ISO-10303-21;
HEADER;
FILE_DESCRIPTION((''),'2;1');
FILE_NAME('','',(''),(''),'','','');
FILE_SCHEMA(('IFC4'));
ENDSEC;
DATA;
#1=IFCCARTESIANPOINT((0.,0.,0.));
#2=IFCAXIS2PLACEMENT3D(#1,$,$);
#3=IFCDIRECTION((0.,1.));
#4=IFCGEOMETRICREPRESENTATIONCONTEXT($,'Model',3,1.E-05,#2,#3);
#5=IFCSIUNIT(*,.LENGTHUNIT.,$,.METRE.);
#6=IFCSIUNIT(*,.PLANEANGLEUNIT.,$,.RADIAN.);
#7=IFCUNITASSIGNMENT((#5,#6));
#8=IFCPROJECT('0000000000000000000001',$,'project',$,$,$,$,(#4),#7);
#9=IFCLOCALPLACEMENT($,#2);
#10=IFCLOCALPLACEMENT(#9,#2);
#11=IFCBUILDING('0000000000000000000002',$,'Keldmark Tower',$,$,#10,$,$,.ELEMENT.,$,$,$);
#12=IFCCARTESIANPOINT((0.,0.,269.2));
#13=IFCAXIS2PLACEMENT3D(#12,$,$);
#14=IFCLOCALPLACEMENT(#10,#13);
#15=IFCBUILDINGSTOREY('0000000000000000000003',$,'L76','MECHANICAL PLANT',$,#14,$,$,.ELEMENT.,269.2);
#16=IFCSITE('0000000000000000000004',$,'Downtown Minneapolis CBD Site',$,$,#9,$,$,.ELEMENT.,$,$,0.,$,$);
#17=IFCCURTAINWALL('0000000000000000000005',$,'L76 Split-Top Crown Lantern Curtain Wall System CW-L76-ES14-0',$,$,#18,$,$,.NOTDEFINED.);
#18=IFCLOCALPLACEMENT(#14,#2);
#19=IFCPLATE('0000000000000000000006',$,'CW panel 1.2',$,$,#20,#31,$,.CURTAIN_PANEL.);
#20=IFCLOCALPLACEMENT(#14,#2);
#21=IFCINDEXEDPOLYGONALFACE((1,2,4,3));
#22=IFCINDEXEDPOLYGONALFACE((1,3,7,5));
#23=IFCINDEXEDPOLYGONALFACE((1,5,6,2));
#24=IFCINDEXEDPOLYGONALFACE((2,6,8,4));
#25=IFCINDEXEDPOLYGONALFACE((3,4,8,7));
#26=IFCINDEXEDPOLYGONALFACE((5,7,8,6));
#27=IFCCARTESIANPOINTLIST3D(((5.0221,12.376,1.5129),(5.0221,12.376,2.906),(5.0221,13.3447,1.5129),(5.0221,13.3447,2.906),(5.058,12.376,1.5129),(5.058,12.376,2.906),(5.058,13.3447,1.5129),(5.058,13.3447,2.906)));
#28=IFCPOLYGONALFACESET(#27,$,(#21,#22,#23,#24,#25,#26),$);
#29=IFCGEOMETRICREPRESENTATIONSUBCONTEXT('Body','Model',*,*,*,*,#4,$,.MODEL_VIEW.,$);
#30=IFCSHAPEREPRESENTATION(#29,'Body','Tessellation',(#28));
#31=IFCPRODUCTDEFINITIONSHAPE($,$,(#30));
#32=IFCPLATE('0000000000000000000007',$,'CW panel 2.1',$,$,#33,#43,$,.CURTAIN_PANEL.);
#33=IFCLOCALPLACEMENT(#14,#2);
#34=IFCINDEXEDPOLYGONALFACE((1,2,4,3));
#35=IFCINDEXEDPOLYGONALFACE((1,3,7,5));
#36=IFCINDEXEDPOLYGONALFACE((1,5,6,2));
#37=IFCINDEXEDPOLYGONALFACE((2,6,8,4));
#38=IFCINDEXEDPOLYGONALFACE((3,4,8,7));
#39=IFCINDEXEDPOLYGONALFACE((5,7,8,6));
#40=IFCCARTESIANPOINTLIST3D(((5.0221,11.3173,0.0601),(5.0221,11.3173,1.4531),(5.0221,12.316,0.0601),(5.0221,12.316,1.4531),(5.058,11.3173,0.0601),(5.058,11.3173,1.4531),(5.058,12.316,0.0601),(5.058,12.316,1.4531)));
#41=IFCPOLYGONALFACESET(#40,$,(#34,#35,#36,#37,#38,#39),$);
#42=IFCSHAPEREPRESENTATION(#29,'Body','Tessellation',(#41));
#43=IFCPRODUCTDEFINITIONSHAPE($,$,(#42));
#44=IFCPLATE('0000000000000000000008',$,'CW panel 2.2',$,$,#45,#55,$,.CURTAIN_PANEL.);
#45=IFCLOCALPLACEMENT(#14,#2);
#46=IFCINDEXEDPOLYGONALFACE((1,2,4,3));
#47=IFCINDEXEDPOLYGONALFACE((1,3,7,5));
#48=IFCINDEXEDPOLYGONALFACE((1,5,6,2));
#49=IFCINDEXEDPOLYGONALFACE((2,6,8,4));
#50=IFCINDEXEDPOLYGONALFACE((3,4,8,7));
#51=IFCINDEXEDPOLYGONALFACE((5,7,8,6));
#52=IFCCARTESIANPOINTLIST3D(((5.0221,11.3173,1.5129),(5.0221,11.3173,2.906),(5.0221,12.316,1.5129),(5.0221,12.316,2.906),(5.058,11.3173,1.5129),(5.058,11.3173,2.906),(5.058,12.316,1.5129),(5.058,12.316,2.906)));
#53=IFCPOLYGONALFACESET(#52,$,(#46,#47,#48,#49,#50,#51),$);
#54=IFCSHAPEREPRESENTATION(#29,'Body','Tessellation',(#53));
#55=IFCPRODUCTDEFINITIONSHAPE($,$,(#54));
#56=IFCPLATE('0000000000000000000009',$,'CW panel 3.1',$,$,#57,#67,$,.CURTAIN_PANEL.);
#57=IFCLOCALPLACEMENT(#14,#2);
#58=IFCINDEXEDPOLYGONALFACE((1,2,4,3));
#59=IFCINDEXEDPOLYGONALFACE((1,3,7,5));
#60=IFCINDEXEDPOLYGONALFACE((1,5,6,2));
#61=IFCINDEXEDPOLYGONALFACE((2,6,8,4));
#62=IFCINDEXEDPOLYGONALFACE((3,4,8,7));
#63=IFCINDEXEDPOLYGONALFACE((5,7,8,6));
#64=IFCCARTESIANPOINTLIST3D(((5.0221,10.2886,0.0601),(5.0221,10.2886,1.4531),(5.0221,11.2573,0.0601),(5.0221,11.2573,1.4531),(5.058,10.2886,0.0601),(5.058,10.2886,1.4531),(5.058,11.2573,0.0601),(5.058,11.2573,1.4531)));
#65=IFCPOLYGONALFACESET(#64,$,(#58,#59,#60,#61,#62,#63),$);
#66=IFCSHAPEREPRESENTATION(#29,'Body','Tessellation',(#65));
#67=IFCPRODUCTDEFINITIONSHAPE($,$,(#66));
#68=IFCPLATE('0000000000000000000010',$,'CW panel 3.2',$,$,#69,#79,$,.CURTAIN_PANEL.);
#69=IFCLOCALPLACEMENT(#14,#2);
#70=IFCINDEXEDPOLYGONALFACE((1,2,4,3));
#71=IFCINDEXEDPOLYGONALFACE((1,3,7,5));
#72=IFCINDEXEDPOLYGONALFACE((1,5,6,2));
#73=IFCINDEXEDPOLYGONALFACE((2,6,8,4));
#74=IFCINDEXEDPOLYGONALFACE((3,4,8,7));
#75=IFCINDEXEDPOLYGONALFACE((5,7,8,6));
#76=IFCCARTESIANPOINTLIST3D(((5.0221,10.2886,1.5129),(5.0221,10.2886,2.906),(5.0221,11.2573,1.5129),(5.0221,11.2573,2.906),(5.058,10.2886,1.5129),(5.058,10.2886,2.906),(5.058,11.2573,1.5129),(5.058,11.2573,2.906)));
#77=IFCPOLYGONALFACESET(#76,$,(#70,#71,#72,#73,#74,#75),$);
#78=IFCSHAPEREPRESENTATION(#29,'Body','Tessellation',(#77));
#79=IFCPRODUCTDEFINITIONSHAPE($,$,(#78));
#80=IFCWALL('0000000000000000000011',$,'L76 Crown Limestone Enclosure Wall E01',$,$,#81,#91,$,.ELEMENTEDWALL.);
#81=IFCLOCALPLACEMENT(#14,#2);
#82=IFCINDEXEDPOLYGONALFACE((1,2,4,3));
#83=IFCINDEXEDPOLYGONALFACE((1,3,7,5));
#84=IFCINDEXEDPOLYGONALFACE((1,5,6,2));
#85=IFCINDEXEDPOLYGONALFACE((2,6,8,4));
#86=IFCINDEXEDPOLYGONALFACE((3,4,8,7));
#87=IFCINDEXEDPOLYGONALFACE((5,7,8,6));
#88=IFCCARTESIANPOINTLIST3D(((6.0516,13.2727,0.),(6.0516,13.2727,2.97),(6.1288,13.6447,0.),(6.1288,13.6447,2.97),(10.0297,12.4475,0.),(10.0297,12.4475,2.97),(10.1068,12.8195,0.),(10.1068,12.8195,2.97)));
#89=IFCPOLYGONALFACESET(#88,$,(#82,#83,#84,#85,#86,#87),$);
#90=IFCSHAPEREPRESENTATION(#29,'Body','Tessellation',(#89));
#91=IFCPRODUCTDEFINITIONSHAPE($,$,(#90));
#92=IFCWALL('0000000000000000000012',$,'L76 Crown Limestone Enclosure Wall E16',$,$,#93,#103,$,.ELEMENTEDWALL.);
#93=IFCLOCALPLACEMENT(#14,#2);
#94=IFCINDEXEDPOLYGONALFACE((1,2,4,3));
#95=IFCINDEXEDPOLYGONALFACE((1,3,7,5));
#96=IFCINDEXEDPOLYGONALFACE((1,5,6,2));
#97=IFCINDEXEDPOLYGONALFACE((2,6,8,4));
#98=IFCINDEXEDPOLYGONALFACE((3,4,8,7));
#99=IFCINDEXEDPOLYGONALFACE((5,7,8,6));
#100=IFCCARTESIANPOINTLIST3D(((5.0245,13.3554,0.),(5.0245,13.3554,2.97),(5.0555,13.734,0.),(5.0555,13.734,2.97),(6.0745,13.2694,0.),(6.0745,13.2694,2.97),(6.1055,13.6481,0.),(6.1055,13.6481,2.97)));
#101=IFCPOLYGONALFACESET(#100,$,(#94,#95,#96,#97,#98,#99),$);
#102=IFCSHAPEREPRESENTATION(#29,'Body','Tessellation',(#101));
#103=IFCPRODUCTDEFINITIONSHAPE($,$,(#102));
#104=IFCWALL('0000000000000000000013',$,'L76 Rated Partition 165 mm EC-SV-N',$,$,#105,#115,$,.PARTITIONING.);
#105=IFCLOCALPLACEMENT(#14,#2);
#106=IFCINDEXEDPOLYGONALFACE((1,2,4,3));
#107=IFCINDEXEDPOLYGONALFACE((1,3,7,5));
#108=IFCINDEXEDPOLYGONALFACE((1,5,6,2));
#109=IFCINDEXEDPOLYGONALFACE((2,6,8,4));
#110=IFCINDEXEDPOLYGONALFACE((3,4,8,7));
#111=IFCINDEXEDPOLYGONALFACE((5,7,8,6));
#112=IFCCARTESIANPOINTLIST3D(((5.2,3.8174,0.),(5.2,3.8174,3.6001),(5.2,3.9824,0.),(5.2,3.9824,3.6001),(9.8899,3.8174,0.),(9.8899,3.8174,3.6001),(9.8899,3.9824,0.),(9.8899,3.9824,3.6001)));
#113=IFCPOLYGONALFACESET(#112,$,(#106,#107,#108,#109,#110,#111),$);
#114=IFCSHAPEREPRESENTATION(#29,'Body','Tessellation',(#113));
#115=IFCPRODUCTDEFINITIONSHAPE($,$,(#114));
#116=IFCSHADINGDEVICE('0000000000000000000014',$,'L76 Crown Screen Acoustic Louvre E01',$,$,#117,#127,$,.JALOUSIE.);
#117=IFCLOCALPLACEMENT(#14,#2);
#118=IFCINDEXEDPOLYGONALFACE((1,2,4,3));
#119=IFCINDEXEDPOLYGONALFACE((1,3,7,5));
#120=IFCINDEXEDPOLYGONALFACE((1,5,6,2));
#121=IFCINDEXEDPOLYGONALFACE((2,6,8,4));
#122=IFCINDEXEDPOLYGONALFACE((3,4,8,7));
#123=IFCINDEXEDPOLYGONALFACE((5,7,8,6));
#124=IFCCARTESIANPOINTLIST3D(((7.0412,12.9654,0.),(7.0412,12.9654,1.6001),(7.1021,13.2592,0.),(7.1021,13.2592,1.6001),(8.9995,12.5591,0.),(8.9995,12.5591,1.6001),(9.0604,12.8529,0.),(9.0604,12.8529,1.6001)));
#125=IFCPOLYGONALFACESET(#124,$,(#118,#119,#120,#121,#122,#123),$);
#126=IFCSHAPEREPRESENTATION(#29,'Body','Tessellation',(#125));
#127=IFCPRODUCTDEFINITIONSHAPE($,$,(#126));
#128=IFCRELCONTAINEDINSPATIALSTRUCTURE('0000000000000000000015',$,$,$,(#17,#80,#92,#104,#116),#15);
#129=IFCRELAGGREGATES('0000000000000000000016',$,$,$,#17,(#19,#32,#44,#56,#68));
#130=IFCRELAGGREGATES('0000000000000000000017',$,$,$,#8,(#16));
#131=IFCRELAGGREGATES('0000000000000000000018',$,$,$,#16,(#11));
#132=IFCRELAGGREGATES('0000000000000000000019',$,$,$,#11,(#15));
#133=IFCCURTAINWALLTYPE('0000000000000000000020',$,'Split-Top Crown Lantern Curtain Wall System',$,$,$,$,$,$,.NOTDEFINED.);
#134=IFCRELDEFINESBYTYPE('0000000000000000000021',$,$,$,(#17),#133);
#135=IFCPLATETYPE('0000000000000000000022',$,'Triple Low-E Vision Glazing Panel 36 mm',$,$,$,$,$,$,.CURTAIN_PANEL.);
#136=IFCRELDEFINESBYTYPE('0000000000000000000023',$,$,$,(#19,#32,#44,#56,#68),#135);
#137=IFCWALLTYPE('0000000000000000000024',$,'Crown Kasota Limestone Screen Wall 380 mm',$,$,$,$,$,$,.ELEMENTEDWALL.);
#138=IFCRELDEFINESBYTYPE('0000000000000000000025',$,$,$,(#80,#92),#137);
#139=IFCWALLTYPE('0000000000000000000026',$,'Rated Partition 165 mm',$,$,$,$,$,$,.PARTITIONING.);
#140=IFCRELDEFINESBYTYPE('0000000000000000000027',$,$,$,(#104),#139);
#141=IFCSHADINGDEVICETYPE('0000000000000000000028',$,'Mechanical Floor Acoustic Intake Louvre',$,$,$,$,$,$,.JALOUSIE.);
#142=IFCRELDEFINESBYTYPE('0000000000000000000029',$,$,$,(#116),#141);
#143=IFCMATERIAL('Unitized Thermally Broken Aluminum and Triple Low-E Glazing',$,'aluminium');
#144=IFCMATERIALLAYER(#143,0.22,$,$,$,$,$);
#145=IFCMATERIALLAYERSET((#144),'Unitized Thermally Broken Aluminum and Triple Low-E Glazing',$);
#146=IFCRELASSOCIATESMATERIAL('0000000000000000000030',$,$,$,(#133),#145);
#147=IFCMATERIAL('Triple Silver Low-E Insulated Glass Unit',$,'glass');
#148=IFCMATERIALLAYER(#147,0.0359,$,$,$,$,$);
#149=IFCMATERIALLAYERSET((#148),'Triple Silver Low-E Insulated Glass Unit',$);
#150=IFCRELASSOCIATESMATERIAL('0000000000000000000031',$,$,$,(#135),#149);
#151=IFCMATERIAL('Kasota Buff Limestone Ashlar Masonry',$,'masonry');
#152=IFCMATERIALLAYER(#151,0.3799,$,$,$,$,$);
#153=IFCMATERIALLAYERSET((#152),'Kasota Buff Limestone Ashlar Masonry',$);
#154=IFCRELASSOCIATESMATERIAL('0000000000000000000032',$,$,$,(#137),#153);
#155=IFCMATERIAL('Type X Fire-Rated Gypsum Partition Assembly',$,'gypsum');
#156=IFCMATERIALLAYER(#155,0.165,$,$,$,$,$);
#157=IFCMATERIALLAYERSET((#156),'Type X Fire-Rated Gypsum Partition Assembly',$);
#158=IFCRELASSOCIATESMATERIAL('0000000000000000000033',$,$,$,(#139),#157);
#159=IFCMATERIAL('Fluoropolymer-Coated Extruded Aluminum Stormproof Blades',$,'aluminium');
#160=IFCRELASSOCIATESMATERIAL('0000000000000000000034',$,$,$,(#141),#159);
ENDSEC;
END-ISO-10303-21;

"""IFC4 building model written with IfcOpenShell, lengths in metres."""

from ifc_helpers import new_model, si_unit, direction, frame, frame_2d, origin, origin_2d, place, context, subcontext, project, spatial, rectangle, extrude, material, layer, layer_set, type_object, element, aggregate, save


model = new_model("IFC4")

# Units and contexts
model_context = context("Model", 3, precision=1e-05, world=origin(), true_north=direction((0.0, 1.0)))
body_context = subcontext(model_context, "Body", "Model", "MODEL_VIEW")
ifc_project = project(units=[si_unit("LENGTHUNIT", "METRE"), si_unit("PLANEANGLEUNIT", "RADIAN")], contexts=[model_context])

# Site, building, storey
site_placement = place(None, origin())
site = spatial("IfcSite", under=ifc_project, at=site_placement, Name="Downtown Minneapolis CBD Site", CompositionType="ELEMENT", RefElevation=0.0)
building_placement = place(site_placement, origin())
building = spatial("IfcBuilding", under=site, at=building_placement, Name="Keldmark Tower", CompositionType="ELEMENT")
storey_placement = place(building_placement, frame((0.0, 0.0, 269.2)))
storey = spatial("IfcBuildingStorey", under=building, at=storey_placement, Name="L76", Description="MECHANICAL PLANT", CompositionType="ELEMENT", Elevation=269.2)

# Curtain wall
ifc_material_1 = material(Name="Unitized Thermally Broken Aluminum and Triple Low-E Glazing", Category="aluminium")
ifc_layer_1 = layer(ifc_material_1, 0.22)
ifc_layer_set_1 = layer_set([ifc_layer_1], Name="Unitized Thermally Broken Aluminum and Triple Low-E Glazing")
curtain_wall_type = type_object("IfcCurtainWallType", Name="Split-Top Crown Lantern Curtain Wall System", PredefinedType="NOTDEFINED", material=ifc_layer_set_1)
curtain_wall_placement = place(storey_placement, origin())
curtain_wall = element("IfcCurtainWall", 1, at=curtain_wall_placement, inside=storey, type_object=curtain_wall_type, Name="L76 Split-Top Crown Lantern Curtain Wall System CW-L76-ES14-0", PredefinedType="NOTDEFINED")

# Plates
ifc_material_2 = material(Name="Triple Silver Low-E Insulated Glass Unit", Category="glass")
ifc_layer_2 = layer(ifc_material_2, 0.0359)
ifc_layer_set_2 = layer_set([ifc_layer_2], Name="Triple Silver Low-E Insulated Glass Unit")
plate_type_1 = type_object("IfcPlateType", Name="Triple Low-E Vision Glazing Panel 36 mm", PredefinedType="CURTAIN_PANEL", material=ifc_layer_set_2)
plate_1_placement = place(storey_placement, frame((5.04, 12.8604, 1.5129), z_axis=(0.0, 0.0, 1.0), x_axis=(0.0, -1.0, 0.0)))
plate_1 = element("IfcPlate", 2, at=plate_1_placement, type_object=plate_type_1, Name="CW panel 1.2", PredefinedType="CURTAIN_PANEL", context=body_context, shape_type="SweptSolid", body=[
    extrude(rectangle(XDim=0.9688, YDim=0.0359, at=origin_2d()), origin(), (0.0, 0.0, 1.0), 1.3931),
])
plate_2_placement = place(storey_placement, frame((5.04, 11.8167, 0.0601), z_axis=(0.0, 0.0, 1.0), x_axis=(0.0, -1.0, 0.0)))
plate_2 = element("IfcPlate", 3, at=plate_2_placement, type_object=plate_type_1, Name="CW panel 2.1", PredefinedType="CURTAIN_PANEL", context=body_context, shape_type="SweptSolid", body=[
    extrude(rectangle(XDim=0.9988, YDim=0.0359, at=origin_2d()), origin(), (0.0, 0.0, 1.0), 1.3931),
])
plate_3_placement = place(storey_placement, frame((5.04, 11.8167, 1.5129), z_axis=(0.0, 0.0, 1.0), x_axis=(0.0, -1.0, 0.0)))
plate_3 = element("IfcPlate", 4, at=plate_3_placement, type_object=plate_type_1, Name="CW panel 2.2", PredefinedType="CURTAIN_PANEL", context=body_context, shape_type="SweptSolid", body=[
    extrude(rectangle(XDim=0.9988, YDim=0.0359, at=origin_2d()), origin(), (0.0, 0.0, 1.0), 1.3931),
])
plate_4_placement = place(storey_placement, frame((5.04, 10.7729, 0.0601), z_axis=(0.0, 0.0, 1.0), x_axis=(0.0, -1.0, 0.0)))
plate_4 = element("IfcPlate", 5, at=plate_4_placement, type_object=plate_type_1, Name="CW panel 3.1", PredefinedType="CURTAIN_PANEL", context=body_context, shape_type="SweptSolid", body=[
    extrude(rectangle(XDim=0.9688, YDim=0.0359, at=origin_2d()), origin(), (0.0, 0.0, 1.0), 1.3931),
])
plate_5_placement = place(storey_placement, frame((5.04, 10.7729, 1.5129), z_axis=(0.0, 0.0, 1.0), x_axis=(0.0, -1.0, 0.0)))
plate_5 = element("IfcPlate", 6, at=plate_5_placement, type_object=plate_type_1, Name="CW panel 3.2", PredefinedType="CURTAIN_PANEL", context=body_context, shape_type="SweptSolid", body=[
    extrude(rectangle(XDim=0.9688, YDim=0.0359, at=origin_2d()), origin(), (0.0, 0.0, 1.0), 1.3931),
])
aggregate(curtain_wall, [plate_1, plate_2, plate_3, plate_4, plate_5])

# Walls
ifc_material_3 = material(Name="Kasota Buff Limestone Ashlar Masonry", Category="masonry")
ifc_layer_3 = layer(ifc_material_3, 0.3799)
ifc_layer_set_3 = layer_set([ifc_layer_3], Name="Kasota Buff Limestone Ashlar Masonry")
wall_type_1 = type_object("IfcWallType", Name="Crown Kasota Limestone Screen Wall 380 mm", PredefinedType="ELEMENTEDWALL", material=ifc_layer_set_3)
wall_1_placement = place(storey_placement, frame((10.0681, 12.6335, 0.0), z_axis=(0.0, 0.0, 1.0), x_axis=(-0.979155, 0.203114, 0.0)))
element("IfcWall", 7, at=wall_1_placement, inside=storey, type_object=wall_type_1, Name="L76 Crown Limestone Enclosure Wall E01", PredefinedType="ELEMENTEDWALL", context=body_context, shape_type="SweptSolid", body=[
    extrude(rectangle(XDim=4.0627, YDim=0.3799, at=frame_2d((2.0312, 0.0))), origin(), (0.0, 0.0, 1.0), 2.97),
])
wall_2_placement = place(storey_placement, frame((6.0901, 13.4587, 0.0), z_axis=(0.0, 0.0, 1.0), x_axis=(-0.996668, 0.081569, 0.0)))
element("IfcWall", 8, at=wall_2_placement, inside=storey, type_object=wall_type_1, Name="L76 Crown Limestone Enclosure Wall E16", PredefinedType="ELEMENTEDWALL", context=body_context, shape_type="SweptSolid", body=[
    extrude(rectangle(XDim=1.0535, YDim=0.3799, at=frame_2d((0.5269, 0.0))), origin(), (0.0, 0.0, 1.0), 2.97),
])
ifc_material_4 = material(Name="Type X Fire-Rated Gypsum Partition Assembly", Category="gypsum")
ifc_layer_4 = layer(ifc_material_4, 0.165)
ifc_layer_set_4 = layer_set([ifc_layer_4], Name="Type X Fire-Rated Gypsum Partition Assembly")
wall_type_2 = type_object("IfcWallType", Name="Rated Partition 165 mm", PredefinedType="PARTITIONING", material=ifc_layer_set_4)
wall_3_placement = place(storey_placement, frame((5.2, 3.8999, 0.0), z_axis=(0.0, 0.0, 1.0), x_axis=(1.0, 0.0, 0.0)))
element("IfcWall", 9, at=wall_3_placement, inside=storey, type_object=wall_type_2, Name="L76 Rated Partition 165 mm EC-SV-N", PredefinedType="PARTITIONING", context=body_context, shape_type="SweptSolid", body=[
    extrude(rectangle(XDim=4.6899, YDim=0.165, at=frame_2d((2.345, 0.0))), origin(), (0.0, 0.0, 1.0), 3.6001),
])

# Shading device
ifc_material_5 = material(Name="Fluoropolymer-Coated Extruded Aluminum Stormproof Blades", Category="aluminium")
shading_device_type = type_object("IfcShadingDeviceType", Name="Mechanical Floor Acoustic Intake Louvre", PredefinedType="JALOUSIE", material=ifc_material_5)
shading_device_placement = place(storey_placement, frame((8.0508, 12.9092, 0.0), z_axis=(0.0, 0.0, 1.0), x_axis=(-0.979148, 0.203146, 0.0)))
element("IfcShadingDevice", 10, at=shading_device_placement, inside=storey, type_object=shading_device_type, Name="L76 Crown Screen Acoustic Louvre E01", PredefinedType="JALOUSIE", context=body_context, shape_type="SweptSolid", body=[
    extrude(rectangle(XDim=2.0, YDim=0.3, at=origin_2d()), origin(), (0.0, 0.0, 1.0), 1.6001),
])

save(model, "model.ifc")
